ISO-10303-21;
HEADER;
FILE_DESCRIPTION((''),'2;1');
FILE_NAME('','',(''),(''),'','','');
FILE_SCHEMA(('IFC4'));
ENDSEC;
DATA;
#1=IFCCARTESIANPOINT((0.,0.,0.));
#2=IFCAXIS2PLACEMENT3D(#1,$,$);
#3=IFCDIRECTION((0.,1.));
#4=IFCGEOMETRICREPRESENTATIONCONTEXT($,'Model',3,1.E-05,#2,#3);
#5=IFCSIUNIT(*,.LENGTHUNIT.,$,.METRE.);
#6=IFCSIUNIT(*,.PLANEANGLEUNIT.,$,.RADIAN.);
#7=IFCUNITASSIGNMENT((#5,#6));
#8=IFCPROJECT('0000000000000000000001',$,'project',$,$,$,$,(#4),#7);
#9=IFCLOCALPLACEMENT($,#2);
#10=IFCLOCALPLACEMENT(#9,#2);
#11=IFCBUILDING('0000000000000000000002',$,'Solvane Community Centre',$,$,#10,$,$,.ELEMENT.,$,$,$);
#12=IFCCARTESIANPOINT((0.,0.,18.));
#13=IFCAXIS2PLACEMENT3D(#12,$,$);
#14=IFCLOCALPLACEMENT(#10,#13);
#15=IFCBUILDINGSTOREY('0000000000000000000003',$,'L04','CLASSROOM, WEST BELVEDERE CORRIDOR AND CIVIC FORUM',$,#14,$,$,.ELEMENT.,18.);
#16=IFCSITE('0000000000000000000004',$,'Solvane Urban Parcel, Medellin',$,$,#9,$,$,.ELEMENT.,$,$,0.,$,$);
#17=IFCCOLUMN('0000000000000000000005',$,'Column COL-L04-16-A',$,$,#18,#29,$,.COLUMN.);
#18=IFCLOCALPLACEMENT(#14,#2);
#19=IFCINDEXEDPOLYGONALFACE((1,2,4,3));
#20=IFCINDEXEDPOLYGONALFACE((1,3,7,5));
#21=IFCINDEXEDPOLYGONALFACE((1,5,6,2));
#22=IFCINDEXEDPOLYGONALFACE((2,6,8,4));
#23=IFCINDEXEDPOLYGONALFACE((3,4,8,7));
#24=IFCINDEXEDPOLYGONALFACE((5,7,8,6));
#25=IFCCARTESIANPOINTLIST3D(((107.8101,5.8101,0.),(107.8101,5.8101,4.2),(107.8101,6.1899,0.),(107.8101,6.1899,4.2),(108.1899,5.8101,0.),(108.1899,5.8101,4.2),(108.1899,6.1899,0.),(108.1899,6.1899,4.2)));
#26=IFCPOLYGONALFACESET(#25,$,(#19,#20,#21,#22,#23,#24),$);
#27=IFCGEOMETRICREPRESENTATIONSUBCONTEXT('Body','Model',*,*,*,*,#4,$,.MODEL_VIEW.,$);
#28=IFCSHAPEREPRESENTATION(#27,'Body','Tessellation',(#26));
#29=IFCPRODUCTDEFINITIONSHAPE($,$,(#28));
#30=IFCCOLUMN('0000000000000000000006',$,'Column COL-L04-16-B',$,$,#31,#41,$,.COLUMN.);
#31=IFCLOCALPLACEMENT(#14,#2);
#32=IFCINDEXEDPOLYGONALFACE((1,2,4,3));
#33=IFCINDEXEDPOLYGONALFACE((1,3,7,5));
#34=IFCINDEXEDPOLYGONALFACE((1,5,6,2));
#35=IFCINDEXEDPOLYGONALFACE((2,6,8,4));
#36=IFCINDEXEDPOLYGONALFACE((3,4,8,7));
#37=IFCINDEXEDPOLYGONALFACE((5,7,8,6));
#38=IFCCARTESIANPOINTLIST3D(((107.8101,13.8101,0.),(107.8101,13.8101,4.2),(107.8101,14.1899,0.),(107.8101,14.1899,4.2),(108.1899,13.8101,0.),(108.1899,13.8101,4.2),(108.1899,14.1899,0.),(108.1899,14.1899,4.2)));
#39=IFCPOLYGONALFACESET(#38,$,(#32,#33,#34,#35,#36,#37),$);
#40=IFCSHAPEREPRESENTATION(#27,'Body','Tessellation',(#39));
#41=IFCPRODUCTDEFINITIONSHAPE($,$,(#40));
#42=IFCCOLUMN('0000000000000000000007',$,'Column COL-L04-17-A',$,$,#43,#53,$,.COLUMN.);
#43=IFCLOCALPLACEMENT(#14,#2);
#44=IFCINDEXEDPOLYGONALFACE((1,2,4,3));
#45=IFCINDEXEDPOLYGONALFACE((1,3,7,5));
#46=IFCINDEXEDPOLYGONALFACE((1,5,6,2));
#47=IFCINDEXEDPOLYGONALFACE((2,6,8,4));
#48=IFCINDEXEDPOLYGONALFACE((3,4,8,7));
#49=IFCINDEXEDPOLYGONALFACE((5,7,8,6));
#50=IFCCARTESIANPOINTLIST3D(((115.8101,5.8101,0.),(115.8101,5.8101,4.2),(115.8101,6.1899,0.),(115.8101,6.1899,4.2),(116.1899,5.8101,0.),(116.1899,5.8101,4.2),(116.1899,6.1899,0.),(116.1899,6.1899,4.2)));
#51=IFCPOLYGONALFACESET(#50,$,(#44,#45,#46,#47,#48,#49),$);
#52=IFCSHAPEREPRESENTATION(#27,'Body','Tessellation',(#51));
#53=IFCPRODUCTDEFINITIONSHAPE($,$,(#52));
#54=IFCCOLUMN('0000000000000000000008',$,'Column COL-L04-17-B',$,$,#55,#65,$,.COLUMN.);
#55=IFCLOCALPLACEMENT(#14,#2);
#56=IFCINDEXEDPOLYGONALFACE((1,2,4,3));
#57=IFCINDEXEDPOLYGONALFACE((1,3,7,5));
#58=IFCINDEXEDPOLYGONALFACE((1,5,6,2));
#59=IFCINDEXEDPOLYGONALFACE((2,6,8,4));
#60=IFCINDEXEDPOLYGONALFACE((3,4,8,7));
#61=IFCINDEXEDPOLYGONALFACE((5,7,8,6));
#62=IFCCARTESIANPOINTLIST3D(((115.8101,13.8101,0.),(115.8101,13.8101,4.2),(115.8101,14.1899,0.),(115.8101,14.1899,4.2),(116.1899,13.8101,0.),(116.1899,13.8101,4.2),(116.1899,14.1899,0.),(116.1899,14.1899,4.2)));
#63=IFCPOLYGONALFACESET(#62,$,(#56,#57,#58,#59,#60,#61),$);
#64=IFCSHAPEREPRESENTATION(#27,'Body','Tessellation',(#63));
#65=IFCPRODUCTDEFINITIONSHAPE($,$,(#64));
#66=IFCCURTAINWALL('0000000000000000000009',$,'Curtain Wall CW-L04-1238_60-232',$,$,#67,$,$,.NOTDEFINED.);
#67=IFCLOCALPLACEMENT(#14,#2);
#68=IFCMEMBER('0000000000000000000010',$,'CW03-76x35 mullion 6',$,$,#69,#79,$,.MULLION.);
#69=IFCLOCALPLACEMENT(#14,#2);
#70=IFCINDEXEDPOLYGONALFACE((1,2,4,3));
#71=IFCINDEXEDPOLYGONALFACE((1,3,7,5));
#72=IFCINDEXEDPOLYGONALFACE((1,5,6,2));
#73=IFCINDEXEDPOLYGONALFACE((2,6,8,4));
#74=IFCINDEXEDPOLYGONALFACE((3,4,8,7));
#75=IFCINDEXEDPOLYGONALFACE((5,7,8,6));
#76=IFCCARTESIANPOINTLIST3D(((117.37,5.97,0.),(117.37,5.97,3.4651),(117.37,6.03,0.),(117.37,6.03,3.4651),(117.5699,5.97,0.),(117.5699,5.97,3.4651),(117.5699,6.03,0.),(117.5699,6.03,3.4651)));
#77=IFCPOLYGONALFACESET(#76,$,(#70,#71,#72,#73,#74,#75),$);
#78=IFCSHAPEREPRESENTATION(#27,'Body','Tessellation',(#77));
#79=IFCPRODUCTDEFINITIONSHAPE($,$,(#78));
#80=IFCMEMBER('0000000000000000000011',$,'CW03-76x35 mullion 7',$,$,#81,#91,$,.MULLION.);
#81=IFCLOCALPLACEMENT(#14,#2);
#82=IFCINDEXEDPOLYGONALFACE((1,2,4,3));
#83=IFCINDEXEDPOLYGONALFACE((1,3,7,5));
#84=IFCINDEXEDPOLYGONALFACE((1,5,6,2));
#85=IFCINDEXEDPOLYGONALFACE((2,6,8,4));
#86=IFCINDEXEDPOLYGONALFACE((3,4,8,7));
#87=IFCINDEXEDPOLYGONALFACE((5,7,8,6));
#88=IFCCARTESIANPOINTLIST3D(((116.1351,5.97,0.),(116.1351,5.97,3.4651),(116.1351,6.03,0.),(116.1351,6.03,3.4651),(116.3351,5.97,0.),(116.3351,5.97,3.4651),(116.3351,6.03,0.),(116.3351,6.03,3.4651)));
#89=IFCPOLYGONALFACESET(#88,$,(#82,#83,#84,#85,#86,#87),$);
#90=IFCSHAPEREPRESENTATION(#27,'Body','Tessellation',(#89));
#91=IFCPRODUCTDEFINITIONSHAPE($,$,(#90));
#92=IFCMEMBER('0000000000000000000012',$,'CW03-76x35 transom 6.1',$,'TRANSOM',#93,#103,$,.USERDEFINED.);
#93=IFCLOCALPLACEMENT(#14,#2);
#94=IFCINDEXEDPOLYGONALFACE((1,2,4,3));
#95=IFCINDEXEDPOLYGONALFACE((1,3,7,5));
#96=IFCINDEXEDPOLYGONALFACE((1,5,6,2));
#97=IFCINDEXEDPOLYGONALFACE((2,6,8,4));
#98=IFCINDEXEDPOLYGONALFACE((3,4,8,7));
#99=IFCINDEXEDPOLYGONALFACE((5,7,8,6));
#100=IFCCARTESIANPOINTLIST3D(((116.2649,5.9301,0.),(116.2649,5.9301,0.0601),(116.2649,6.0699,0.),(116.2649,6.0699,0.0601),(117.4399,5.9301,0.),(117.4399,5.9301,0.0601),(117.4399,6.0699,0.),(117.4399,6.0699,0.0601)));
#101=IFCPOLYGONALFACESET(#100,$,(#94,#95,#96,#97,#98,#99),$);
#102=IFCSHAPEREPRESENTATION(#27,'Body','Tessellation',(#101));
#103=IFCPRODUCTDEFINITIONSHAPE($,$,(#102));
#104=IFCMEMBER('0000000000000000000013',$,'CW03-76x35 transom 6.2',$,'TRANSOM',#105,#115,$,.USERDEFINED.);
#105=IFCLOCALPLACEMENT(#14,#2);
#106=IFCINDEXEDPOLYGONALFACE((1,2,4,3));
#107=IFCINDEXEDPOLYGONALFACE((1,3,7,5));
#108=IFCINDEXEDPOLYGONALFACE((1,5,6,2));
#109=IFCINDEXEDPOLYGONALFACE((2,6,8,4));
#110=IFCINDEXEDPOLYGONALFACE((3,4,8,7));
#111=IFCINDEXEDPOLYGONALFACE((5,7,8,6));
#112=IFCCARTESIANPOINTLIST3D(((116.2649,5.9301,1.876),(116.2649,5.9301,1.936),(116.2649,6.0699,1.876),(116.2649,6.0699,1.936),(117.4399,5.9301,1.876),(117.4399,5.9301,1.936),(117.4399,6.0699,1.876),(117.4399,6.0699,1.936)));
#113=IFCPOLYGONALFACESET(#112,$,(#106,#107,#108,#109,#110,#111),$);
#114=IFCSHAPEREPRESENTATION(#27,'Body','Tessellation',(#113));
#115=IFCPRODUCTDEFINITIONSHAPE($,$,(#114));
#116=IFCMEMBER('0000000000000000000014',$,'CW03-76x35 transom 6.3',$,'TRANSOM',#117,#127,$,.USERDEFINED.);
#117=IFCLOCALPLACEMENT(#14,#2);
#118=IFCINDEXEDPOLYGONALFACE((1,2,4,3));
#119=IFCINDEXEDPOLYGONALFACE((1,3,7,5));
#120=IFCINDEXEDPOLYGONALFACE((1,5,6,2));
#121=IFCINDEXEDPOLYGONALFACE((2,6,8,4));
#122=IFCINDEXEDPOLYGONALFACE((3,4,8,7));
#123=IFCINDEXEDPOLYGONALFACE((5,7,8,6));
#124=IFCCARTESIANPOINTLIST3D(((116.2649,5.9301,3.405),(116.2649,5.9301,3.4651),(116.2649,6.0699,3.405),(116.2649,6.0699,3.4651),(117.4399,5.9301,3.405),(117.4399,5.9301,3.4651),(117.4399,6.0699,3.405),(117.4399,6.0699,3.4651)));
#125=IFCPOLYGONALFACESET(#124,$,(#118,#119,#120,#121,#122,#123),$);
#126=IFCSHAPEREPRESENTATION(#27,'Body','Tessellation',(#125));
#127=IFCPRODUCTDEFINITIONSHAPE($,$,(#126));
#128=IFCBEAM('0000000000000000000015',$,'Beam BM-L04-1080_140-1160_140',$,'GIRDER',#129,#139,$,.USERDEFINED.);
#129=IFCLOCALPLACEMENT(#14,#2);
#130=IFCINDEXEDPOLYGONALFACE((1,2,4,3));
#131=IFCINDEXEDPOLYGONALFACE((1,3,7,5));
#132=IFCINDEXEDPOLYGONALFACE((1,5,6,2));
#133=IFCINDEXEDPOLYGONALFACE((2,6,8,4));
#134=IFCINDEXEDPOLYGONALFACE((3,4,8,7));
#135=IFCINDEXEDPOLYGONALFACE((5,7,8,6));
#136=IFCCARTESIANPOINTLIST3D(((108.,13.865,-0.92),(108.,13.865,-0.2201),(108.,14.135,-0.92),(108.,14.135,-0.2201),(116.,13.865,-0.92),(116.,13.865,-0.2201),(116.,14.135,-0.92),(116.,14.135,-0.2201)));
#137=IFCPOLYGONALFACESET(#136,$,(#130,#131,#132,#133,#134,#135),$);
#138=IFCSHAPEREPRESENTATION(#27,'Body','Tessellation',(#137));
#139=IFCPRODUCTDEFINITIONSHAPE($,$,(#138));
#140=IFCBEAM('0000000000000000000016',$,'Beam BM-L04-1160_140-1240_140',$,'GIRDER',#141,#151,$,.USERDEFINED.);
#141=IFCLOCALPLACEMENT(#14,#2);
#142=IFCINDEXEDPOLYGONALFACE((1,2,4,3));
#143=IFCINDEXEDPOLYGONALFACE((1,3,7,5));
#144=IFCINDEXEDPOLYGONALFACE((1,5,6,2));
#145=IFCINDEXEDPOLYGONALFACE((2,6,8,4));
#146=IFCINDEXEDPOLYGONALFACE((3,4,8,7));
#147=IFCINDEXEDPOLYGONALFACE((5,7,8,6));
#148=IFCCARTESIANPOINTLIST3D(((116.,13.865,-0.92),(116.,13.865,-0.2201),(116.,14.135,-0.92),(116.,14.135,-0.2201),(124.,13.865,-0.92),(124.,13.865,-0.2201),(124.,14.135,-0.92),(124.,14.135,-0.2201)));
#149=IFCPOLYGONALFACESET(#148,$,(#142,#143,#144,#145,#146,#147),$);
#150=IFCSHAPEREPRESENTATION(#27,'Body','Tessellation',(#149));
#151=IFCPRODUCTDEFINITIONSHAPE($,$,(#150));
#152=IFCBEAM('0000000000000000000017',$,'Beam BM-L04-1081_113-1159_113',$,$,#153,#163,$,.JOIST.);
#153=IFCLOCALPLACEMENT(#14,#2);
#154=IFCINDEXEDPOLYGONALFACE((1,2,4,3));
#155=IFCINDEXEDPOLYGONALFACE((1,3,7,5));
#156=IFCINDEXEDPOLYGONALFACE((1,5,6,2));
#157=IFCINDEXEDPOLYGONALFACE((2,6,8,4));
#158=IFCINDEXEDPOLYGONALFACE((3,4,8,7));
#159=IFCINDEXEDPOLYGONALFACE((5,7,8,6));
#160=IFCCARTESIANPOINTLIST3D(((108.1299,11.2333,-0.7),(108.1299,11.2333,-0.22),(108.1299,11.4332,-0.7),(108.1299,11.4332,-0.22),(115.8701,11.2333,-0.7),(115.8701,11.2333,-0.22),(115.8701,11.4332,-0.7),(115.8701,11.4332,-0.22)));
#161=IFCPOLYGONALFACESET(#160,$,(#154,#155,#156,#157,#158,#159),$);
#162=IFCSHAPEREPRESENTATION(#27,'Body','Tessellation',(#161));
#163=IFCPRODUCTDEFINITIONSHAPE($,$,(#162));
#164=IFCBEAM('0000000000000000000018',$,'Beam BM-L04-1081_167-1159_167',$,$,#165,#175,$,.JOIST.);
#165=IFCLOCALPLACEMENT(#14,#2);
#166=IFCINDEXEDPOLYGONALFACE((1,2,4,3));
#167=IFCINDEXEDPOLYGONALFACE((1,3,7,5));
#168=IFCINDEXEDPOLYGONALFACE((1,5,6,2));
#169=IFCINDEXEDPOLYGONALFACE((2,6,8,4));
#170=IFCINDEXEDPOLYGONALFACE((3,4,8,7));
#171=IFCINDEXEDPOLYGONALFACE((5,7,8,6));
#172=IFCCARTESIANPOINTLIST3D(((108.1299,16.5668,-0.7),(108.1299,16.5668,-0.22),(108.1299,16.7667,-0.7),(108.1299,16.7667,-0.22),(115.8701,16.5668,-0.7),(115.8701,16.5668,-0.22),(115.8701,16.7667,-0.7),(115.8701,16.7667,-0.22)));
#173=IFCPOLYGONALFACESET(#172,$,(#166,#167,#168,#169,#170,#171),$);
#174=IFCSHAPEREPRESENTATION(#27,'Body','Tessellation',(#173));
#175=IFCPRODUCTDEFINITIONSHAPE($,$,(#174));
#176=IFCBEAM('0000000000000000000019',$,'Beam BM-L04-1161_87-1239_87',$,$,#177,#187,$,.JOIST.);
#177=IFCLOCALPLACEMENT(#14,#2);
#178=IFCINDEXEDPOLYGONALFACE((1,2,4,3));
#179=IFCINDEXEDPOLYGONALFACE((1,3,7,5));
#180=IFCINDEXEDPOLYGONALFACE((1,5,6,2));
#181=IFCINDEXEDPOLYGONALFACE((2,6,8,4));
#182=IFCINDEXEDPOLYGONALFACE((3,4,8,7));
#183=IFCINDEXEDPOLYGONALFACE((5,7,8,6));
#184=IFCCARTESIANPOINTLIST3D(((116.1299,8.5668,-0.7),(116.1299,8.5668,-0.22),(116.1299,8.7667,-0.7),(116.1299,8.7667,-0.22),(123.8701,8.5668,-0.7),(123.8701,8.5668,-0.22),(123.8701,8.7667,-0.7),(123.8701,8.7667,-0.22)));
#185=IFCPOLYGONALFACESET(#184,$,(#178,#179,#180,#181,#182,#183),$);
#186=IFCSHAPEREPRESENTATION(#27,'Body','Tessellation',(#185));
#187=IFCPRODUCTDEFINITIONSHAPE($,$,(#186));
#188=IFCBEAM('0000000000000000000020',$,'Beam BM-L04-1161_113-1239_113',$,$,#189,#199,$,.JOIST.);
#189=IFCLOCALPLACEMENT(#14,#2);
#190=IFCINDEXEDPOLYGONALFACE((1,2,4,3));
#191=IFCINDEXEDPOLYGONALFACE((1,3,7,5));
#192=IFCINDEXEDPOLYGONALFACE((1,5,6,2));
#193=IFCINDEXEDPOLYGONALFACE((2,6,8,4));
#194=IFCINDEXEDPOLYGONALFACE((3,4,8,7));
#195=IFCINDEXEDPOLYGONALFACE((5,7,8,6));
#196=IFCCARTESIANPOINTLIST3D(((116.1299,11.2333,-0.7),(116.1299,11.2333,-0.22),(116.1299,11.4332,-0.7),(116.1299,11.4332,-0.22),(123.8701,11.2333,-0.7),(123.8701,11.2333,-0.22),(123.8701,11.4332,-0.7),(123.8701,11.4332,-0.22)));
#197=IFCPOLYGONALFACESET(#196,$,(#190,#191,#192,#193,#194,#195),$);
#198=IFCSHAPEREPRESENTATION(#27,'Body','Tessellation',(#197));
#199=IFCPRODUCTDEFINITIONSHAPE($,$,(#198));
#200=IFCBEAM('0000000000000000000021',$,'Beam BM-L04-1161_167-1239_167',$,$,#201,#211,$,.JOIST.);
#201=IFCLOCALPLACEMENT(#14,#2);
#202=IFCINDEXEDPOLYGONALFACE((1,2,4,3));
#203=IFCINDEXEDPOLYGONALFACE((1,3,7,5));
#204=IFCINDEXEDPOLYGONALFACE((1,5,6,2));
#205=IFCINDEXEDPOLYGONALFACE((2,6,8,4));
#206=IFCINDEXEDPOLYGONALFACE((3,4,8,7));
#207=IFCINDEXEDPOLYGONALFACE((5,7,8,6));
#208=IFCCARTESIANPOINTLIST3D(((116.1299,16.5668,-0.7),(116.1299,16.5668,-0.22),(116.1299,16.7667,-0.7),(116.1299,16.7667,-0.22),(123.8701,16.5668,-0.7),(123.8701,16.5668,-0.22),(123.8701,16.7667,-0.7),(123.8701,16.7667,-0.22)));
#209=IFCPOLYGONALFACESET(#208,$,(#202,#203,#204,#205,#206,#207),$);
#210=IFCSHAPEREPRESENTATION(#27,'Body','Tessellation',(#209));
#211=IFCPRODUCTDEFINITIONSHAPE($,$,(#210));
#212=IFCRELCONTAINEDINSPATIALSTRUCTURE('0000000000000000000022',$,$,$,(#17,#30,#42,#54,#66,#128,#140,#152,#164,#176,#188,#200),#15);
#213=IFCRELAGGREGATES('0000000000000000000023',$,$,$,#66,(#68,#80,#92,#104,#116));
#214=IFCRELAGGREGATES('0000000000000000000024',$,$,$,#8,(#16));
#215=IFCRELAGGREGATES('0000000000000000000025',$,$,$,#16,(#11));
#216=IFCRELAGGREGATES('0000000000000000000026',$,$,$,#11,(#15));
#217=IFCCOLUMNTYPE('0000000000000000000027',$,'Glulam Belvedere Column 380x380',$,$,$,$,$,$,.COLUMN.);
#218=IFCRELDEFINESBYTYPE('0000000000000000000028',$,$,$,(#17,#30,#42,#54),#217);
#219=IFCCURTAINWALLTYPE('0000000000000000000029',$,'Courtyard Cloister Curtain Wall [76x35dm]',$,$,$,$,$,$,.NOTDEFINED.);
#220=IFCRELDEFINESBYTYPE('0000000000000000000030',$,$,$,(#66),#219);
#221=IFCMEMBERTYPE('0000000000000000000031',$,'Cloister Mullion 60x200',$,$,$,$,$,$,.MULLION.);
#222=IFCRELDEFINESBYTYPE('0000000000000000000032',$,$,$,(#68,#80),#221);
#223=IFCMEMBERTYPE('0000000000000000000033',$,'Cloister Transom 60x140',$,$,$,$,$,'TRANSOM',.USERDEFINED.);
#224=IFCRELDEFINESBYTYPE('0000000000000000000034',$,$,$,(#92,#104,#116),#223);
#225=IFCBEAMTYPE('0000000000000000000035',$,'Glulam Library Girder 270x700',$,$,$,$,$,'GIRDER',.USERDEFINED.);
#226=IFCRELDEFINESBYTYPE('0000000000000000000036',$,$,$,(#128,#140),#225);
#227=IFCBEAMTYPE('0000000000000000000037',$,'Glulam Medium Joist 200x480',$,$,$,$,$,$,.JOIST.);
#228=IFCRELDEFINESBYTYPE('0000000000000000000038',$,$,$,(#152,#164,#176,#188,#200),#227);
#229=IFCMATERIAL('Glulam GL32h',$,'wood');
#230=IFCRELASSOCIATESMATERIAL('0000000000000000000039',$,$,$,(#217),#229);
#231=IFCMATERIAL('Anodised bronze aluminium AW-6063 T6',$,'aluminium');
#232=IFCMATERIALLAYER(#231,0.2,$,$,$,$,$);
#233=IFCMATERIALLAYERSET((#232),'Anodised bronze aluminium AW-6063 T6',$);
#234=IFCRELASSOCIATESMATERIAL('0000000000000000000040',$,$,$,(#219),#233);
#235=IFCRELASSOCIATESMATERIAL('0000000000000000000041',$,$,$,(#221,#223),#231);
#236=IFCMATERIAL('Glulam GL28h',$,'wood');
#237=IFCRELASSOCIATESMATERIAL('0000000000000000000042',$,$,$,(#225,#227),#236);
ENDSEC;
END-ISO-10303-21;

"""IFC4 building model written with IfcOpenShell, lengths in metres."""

from ifc_helpers import new_model, si_unit, direction, frame, origin, origin_2d, place, context, subcontext, project, spatial, rectangle, extrude, material, layer, layer_set, material_profile, profile_set, type_object, element, aggregate, save


model = new_model("IFC4")

# Units and contexts
model_context = context("Model", 3, precision=1e-05, world=origin(), true_north=direction((0.0, 1.0)))
body_context = subcontext(model_context, "Body", "Model", "MODEL_VIEW")
ifc_project = project(units=[si_unit("LENGTHUNIT", "METRE"), si_unit("PLANEANGLEUNIT", "RADIAN")], contexts=[model_context])

# Site, building, storey
site_placement = place(None, origin())
site = spatial("IfcSite", under=ifc_project, at=site_placement, Name="Solvane Urban Parcel, Medellin", CompositionType="ELEMENT", RefElevation=0.0)
building_placement = place(site_placement, origin())
building = spatial("IfcBuilding", under=site, at=building_placement, Name="Solvane Community Centre", CompositionType="ELEMENT")
storey_placement = place(building_placement, frame((0.0, 0.0, 18.0)))
storey = spatial("IfcBuildingStorey", under=building, at=storey_placement, Name="L04", Description="CLASSROOM, WEST BELVEDERE CORRIDOR AND CIVIC FORUM", CompositionType="ELEMENT", Elevation=18.0)

# Columns
ifc_material_1 = material(Name="Glulam GL32h", Category="wood")
ifc_material_profile_1 = material_profile(ifc_material_1, rectangle(XDim=0.3799, YDim=0.3799, at=origin_2d()), Name="GL32h 380x380")
ifc_profile_set_1 = profile_set([ifc_material_profile_1], Name="Glulam GL32h")
column_type = type_object("IfcColumnType", Name="Glulam Belvedere Column 380x380", PredefinedType="COLUMN", material=ifc_profile_set_1)
for number, where, z_axis, x_axis, name in (
    (1, (108.0, 6.0, 0.0), (0.0, 0.0, 1.0), (1.0, 0.0, 0.0), "Column COL-L04-16-A"),
    (2, (108.0, 14.0, 0.0), (0.0, 0.0, 1.0), (1.0, 0.0, 0.0), "Column COL-L04-16-B"),
    (3, (116.0, 6.0, 0.0), (0.0, 0.0, 1.0), (1.0, 0.0, 0.0), "Column COL-L04-17-A"),
    (4, (116.0, 14.0, 0.0), (0.0, 0.0, 1.0), (1.0, 0.0, 0.0), "Column COL-L04-17-B"),
):
    element("IfcColumn", number, at=place(storey_placement, frame(where, z_axis=z_axis, x_axis=x_axis)), inside=storey, type_object=column_type, Name=name, PredefinedType="COLUMN", context=body_context, shape_type="SweptSolid", body=[
        extrude(rectangle(XDim=0.3799, YDim=0.3799, at=origin_2d()), origin(), (0.0, 0.0, 1.0), 4.2),
    ])

# Curtain wall, members
ifc_material_2 = material(Name="Anodised bronze aluminium AW-6063 T6", Category="aluminium")
ifc_layer_1 = layer(ifc_material_2, 0.2)
ifc_layer_set_1 = layer_set([ifc_layer_1], Name="Anodised bronze aluminium AW-6063 T6")
curtain_wall_type = type_object("IfcCurtainWallType", Name="Courtyard Cloister Curtain Wall [76x35dm]", PredefinedType="NOTDEFINED", material=ifc_layer_set_1)
curtain_wall_placement = place(storey_placement, origin())
curtain_wall = element("IfcCurtainWall", 5, at=curtain_wall_placement, inside=storey, type_object=curtain_wall_type, Name="Curtain Wall CW-L04-1238_60-232", PredefinedType="NOTDEFINED")
ifc_material_profile_2 = material_profile(ifc_material_2, rectangle(XDim=0.0601, YDim=0.2, at=origin_2d()), Name="CW-M 60x200")
ifc_profile_set_2 = profile_set([ifc_material_profile_2], Name="Anodised bronze aluminium AW-6063 T6")
member_type_1 = type_object("IfcMemberType", Name="Cloister Mullion 60x200", PredefinedType="MULLION", material=ifc_profile_set_2)
member_1_placement = place(storey_placement, frame((117.47, 6.0, 0.0), z_axis=(0.0, 0.0, 1.0), x_axis=(0.0, -1.0, 0.0)))
member_1 = element("IfcMember", 6, at=member_1_placement, type_object=member_type_1, Name="CW03-76x35 mullion 6", PredefinedType="MULLION", context=body_context, shape_type="SweptSolid", body=[
    extrude(rectangle(XDim=0.0601, YDim=0.2, at=origin_2d()), origin(), (0.0, 0.0, 1.0), 3.4651),
])
member_2_placement = place(storey_placement, frame((116.2351, 6.0, 0.0), z_axis=(0.0, 0.0, 1.0), x_axis=(0.0, -1.0, 0.0)))
member_2 = element("IfcMember", 7, at=member_2_placement, type_object=member_type_1, Name="CW03-76x35 mullion 7", PredefinedType="MULLION", context=body_context, shape_type="SweptSolid", body=[
    extrude(rectangle(XDim=0.0601, YDim=0.2, at=origin_2d()), origin(), (0.0, 0.0, 1.0), 3.4651),
])
ifc_material_profile_3 = material_profile(ifc_material_2, rectangle(XDim=0.1399, YDim=0.0601, at=origin_2d()), Name="CW-T 60x140")
ifc_profile_set_3 = profile_set([ifc_material_profile_3], Name="Anodised bronze aluminium AW-6063 T6")
member_type_2 = type_object("IfcMemberType", Name="Cloister Transom 60x140", ElementType="TRANSOM", PredefinedType="USERDEFINED", material=ifc_profile_set_3)
member_3_placement = place(storey_placement, frame((117.4399, 6.0, 0.03), z_axis=(-1.0, 0.0, 0.0), x_axis=(0.0, -1.0, 0.0)))
member_3 = element("IfcMember", 8, at=member_3_placement, type_object=member_type_2, Name="CW03-76x35 transom 6.1", ObjectType="TRANSOM", PredefinedType="USERDEFINED", context=body_context, shape_type="SweptSolid", body=[
    extrude(rectangle(XDim=0.1399, YDim=0.0601, at=origin_2d()), origin(), (0.0, 0.0, 1.0), 1.175),
])
member_4_placement = place(storey_placement, frame((117.4399, 6.0, 1.906), z_axis=(-1.0, 0.0, 0.0), x_axis=(0.0, -1.0, 0.0)))
member_4 = element("IfcMember", 9, at=member_4_placement, type_object=member_type_2, Name="CW03-76x35 transom 6.2", ObjectType="TRANSOM", PredefinedType="USERDEFINED", context=body_context, shape_type="SweptSolid", body=[
    extrude(rectangle(XDim=0.1399, YDim=0.0601, at=origin_2d()), origin(), (0.0, 0.0, 1.0), 1.175),
])
member_5_placement = place(storey_placement, frame((117.4399, 6.0, 3.4351), z_axis=(-1.0, 0.0, 0.0), x_axis=(0.0, -1.0, 0.0)))
member_5 = element("IfcMember", 10, at=member_5_placement, type_object=member_type_2, Name="CW03-76x35 transom 6.3", ObjectType="TRANSOM", PredefinedType="USERDEFINED", context=body_context, shape_type="SweptSolid", body=[
    extrude(rectangle(XDim=0.1399, YDim=0.0601, at=origin_2d()), origin(), (0.0, 0.0, 1.0), 1.175),
])

# Beams
ifc_material_3 = material(Name="Glulam GL28h", Category="wood")
ifc_material_profile_4 = material_profile(ifc_material_3, rectangle(XDim=0.27, YDim=0.7, at=origin_2d()), Name="GL28h 270x700")
ifc_profile_set_4 = profile_set([ifc_material_profile_4], Name="Glulam GL28h")
beam_type_1 = type_object("IfcBeamType", Name="Glulam Library Girder 270x700", ElementType="GIRDER", PredefinedType="USERDEFINED", material=ifc_profile_set_4)
for number, where, z_axis, x_axis, name in (
    (11, (108.0, 14.0, -0.5701), (1.0, 0.0, 0.0), (0.0, 1.0, 0.0), "Beam BM-L04-1080_140-1160_140"),
    (12, (116.0, 14.0, -0.5701), (1.0, 0.0, 0.0), (0.0, 1.0, 0.0), "Beam BM-L04-1160_140-1240_140"),
):
    element("IfcBeam", number, at=place(storey_placement, frame(where, z_axis=z_axis, x_axis=x_axis)), inside=storey, type_object=beam_type_1, Name=name, ObjectType="GIRDER", PredefinedType="USERDEFINED", context=body_context, shape_type="SweptSolid", body=[
        extrude(rectangle(XDim=0.27, YDim=0.7, at=origin_2d()), origin(), (0.0, 0.0, 1.0), 8.0),
    ])
ifc_material_profile_5 = material_profile(ifc_material_3, rectangle(XDim=0.2, YDim=0.48, at=origin_2d()), Name="GL28h 200x480")
ifc_profile_set_5 = profile_set([ifc_material_profile_5], Name="Glulam GL28h")
beam_type_2 = type_object("IfcBeamType", Name="Glulam Medium Joist 200x480", PredefinedType="JOIST", material=ifc_profile_set_5)
for number, where, z_axis, x_axis, name in (
    (13, (108.1299, 11.3333, -0.46), (1.0, 0.0, 0.0), (0.0, 1.0, 0.0), "Beam BM-L04-1081_113-1159_113"),
    (14, (108.1299, 16.6667, -0.46), (1.0, 0.0, 0.0), (0.0, 1.0, 0.0), "Beam BM-L04-1081_167-1159_167"),
    (15, (116.1299, 8.6667, -0.46), (1.0, 0.0, 0.0), (0.0, 1.0, 0.0), "Beam BM-L04-1161_87-1239_87"),
    (16, (116.1299, 11.3333, -0.46), (1.0, 0.0, 0.0), (0.0, 1.0, 0.0), "Beam BM-L04-1161_113-1239_113"),
    (17, (116.1299, 16.6667, -0.46), (1.0, 0.0, 0.0), (0.0, 1.0, 0.0), "Beam BM-L04-1161_167-1239_167"),
):
    element("IfcBeam", number, at=place(storey_placement, frame(where, z_axis=z_axis, x_axis=x_axis)), inside=storey, type_object=beam_type_2, Name=name, PredefinedType="JOIST", context=body_context, shape_type="SweptSolid", body=[
        extrude(rectangle(XDim=0.2, YDim=0.48, at=origin_2d()), origin(), (0.0, 0.0, 1.0), 7.7402),
    ])

aggregate(curtain_wall, [member_1, member_2, member_3, member_4, member_5])

save(model, "model.ifc")
